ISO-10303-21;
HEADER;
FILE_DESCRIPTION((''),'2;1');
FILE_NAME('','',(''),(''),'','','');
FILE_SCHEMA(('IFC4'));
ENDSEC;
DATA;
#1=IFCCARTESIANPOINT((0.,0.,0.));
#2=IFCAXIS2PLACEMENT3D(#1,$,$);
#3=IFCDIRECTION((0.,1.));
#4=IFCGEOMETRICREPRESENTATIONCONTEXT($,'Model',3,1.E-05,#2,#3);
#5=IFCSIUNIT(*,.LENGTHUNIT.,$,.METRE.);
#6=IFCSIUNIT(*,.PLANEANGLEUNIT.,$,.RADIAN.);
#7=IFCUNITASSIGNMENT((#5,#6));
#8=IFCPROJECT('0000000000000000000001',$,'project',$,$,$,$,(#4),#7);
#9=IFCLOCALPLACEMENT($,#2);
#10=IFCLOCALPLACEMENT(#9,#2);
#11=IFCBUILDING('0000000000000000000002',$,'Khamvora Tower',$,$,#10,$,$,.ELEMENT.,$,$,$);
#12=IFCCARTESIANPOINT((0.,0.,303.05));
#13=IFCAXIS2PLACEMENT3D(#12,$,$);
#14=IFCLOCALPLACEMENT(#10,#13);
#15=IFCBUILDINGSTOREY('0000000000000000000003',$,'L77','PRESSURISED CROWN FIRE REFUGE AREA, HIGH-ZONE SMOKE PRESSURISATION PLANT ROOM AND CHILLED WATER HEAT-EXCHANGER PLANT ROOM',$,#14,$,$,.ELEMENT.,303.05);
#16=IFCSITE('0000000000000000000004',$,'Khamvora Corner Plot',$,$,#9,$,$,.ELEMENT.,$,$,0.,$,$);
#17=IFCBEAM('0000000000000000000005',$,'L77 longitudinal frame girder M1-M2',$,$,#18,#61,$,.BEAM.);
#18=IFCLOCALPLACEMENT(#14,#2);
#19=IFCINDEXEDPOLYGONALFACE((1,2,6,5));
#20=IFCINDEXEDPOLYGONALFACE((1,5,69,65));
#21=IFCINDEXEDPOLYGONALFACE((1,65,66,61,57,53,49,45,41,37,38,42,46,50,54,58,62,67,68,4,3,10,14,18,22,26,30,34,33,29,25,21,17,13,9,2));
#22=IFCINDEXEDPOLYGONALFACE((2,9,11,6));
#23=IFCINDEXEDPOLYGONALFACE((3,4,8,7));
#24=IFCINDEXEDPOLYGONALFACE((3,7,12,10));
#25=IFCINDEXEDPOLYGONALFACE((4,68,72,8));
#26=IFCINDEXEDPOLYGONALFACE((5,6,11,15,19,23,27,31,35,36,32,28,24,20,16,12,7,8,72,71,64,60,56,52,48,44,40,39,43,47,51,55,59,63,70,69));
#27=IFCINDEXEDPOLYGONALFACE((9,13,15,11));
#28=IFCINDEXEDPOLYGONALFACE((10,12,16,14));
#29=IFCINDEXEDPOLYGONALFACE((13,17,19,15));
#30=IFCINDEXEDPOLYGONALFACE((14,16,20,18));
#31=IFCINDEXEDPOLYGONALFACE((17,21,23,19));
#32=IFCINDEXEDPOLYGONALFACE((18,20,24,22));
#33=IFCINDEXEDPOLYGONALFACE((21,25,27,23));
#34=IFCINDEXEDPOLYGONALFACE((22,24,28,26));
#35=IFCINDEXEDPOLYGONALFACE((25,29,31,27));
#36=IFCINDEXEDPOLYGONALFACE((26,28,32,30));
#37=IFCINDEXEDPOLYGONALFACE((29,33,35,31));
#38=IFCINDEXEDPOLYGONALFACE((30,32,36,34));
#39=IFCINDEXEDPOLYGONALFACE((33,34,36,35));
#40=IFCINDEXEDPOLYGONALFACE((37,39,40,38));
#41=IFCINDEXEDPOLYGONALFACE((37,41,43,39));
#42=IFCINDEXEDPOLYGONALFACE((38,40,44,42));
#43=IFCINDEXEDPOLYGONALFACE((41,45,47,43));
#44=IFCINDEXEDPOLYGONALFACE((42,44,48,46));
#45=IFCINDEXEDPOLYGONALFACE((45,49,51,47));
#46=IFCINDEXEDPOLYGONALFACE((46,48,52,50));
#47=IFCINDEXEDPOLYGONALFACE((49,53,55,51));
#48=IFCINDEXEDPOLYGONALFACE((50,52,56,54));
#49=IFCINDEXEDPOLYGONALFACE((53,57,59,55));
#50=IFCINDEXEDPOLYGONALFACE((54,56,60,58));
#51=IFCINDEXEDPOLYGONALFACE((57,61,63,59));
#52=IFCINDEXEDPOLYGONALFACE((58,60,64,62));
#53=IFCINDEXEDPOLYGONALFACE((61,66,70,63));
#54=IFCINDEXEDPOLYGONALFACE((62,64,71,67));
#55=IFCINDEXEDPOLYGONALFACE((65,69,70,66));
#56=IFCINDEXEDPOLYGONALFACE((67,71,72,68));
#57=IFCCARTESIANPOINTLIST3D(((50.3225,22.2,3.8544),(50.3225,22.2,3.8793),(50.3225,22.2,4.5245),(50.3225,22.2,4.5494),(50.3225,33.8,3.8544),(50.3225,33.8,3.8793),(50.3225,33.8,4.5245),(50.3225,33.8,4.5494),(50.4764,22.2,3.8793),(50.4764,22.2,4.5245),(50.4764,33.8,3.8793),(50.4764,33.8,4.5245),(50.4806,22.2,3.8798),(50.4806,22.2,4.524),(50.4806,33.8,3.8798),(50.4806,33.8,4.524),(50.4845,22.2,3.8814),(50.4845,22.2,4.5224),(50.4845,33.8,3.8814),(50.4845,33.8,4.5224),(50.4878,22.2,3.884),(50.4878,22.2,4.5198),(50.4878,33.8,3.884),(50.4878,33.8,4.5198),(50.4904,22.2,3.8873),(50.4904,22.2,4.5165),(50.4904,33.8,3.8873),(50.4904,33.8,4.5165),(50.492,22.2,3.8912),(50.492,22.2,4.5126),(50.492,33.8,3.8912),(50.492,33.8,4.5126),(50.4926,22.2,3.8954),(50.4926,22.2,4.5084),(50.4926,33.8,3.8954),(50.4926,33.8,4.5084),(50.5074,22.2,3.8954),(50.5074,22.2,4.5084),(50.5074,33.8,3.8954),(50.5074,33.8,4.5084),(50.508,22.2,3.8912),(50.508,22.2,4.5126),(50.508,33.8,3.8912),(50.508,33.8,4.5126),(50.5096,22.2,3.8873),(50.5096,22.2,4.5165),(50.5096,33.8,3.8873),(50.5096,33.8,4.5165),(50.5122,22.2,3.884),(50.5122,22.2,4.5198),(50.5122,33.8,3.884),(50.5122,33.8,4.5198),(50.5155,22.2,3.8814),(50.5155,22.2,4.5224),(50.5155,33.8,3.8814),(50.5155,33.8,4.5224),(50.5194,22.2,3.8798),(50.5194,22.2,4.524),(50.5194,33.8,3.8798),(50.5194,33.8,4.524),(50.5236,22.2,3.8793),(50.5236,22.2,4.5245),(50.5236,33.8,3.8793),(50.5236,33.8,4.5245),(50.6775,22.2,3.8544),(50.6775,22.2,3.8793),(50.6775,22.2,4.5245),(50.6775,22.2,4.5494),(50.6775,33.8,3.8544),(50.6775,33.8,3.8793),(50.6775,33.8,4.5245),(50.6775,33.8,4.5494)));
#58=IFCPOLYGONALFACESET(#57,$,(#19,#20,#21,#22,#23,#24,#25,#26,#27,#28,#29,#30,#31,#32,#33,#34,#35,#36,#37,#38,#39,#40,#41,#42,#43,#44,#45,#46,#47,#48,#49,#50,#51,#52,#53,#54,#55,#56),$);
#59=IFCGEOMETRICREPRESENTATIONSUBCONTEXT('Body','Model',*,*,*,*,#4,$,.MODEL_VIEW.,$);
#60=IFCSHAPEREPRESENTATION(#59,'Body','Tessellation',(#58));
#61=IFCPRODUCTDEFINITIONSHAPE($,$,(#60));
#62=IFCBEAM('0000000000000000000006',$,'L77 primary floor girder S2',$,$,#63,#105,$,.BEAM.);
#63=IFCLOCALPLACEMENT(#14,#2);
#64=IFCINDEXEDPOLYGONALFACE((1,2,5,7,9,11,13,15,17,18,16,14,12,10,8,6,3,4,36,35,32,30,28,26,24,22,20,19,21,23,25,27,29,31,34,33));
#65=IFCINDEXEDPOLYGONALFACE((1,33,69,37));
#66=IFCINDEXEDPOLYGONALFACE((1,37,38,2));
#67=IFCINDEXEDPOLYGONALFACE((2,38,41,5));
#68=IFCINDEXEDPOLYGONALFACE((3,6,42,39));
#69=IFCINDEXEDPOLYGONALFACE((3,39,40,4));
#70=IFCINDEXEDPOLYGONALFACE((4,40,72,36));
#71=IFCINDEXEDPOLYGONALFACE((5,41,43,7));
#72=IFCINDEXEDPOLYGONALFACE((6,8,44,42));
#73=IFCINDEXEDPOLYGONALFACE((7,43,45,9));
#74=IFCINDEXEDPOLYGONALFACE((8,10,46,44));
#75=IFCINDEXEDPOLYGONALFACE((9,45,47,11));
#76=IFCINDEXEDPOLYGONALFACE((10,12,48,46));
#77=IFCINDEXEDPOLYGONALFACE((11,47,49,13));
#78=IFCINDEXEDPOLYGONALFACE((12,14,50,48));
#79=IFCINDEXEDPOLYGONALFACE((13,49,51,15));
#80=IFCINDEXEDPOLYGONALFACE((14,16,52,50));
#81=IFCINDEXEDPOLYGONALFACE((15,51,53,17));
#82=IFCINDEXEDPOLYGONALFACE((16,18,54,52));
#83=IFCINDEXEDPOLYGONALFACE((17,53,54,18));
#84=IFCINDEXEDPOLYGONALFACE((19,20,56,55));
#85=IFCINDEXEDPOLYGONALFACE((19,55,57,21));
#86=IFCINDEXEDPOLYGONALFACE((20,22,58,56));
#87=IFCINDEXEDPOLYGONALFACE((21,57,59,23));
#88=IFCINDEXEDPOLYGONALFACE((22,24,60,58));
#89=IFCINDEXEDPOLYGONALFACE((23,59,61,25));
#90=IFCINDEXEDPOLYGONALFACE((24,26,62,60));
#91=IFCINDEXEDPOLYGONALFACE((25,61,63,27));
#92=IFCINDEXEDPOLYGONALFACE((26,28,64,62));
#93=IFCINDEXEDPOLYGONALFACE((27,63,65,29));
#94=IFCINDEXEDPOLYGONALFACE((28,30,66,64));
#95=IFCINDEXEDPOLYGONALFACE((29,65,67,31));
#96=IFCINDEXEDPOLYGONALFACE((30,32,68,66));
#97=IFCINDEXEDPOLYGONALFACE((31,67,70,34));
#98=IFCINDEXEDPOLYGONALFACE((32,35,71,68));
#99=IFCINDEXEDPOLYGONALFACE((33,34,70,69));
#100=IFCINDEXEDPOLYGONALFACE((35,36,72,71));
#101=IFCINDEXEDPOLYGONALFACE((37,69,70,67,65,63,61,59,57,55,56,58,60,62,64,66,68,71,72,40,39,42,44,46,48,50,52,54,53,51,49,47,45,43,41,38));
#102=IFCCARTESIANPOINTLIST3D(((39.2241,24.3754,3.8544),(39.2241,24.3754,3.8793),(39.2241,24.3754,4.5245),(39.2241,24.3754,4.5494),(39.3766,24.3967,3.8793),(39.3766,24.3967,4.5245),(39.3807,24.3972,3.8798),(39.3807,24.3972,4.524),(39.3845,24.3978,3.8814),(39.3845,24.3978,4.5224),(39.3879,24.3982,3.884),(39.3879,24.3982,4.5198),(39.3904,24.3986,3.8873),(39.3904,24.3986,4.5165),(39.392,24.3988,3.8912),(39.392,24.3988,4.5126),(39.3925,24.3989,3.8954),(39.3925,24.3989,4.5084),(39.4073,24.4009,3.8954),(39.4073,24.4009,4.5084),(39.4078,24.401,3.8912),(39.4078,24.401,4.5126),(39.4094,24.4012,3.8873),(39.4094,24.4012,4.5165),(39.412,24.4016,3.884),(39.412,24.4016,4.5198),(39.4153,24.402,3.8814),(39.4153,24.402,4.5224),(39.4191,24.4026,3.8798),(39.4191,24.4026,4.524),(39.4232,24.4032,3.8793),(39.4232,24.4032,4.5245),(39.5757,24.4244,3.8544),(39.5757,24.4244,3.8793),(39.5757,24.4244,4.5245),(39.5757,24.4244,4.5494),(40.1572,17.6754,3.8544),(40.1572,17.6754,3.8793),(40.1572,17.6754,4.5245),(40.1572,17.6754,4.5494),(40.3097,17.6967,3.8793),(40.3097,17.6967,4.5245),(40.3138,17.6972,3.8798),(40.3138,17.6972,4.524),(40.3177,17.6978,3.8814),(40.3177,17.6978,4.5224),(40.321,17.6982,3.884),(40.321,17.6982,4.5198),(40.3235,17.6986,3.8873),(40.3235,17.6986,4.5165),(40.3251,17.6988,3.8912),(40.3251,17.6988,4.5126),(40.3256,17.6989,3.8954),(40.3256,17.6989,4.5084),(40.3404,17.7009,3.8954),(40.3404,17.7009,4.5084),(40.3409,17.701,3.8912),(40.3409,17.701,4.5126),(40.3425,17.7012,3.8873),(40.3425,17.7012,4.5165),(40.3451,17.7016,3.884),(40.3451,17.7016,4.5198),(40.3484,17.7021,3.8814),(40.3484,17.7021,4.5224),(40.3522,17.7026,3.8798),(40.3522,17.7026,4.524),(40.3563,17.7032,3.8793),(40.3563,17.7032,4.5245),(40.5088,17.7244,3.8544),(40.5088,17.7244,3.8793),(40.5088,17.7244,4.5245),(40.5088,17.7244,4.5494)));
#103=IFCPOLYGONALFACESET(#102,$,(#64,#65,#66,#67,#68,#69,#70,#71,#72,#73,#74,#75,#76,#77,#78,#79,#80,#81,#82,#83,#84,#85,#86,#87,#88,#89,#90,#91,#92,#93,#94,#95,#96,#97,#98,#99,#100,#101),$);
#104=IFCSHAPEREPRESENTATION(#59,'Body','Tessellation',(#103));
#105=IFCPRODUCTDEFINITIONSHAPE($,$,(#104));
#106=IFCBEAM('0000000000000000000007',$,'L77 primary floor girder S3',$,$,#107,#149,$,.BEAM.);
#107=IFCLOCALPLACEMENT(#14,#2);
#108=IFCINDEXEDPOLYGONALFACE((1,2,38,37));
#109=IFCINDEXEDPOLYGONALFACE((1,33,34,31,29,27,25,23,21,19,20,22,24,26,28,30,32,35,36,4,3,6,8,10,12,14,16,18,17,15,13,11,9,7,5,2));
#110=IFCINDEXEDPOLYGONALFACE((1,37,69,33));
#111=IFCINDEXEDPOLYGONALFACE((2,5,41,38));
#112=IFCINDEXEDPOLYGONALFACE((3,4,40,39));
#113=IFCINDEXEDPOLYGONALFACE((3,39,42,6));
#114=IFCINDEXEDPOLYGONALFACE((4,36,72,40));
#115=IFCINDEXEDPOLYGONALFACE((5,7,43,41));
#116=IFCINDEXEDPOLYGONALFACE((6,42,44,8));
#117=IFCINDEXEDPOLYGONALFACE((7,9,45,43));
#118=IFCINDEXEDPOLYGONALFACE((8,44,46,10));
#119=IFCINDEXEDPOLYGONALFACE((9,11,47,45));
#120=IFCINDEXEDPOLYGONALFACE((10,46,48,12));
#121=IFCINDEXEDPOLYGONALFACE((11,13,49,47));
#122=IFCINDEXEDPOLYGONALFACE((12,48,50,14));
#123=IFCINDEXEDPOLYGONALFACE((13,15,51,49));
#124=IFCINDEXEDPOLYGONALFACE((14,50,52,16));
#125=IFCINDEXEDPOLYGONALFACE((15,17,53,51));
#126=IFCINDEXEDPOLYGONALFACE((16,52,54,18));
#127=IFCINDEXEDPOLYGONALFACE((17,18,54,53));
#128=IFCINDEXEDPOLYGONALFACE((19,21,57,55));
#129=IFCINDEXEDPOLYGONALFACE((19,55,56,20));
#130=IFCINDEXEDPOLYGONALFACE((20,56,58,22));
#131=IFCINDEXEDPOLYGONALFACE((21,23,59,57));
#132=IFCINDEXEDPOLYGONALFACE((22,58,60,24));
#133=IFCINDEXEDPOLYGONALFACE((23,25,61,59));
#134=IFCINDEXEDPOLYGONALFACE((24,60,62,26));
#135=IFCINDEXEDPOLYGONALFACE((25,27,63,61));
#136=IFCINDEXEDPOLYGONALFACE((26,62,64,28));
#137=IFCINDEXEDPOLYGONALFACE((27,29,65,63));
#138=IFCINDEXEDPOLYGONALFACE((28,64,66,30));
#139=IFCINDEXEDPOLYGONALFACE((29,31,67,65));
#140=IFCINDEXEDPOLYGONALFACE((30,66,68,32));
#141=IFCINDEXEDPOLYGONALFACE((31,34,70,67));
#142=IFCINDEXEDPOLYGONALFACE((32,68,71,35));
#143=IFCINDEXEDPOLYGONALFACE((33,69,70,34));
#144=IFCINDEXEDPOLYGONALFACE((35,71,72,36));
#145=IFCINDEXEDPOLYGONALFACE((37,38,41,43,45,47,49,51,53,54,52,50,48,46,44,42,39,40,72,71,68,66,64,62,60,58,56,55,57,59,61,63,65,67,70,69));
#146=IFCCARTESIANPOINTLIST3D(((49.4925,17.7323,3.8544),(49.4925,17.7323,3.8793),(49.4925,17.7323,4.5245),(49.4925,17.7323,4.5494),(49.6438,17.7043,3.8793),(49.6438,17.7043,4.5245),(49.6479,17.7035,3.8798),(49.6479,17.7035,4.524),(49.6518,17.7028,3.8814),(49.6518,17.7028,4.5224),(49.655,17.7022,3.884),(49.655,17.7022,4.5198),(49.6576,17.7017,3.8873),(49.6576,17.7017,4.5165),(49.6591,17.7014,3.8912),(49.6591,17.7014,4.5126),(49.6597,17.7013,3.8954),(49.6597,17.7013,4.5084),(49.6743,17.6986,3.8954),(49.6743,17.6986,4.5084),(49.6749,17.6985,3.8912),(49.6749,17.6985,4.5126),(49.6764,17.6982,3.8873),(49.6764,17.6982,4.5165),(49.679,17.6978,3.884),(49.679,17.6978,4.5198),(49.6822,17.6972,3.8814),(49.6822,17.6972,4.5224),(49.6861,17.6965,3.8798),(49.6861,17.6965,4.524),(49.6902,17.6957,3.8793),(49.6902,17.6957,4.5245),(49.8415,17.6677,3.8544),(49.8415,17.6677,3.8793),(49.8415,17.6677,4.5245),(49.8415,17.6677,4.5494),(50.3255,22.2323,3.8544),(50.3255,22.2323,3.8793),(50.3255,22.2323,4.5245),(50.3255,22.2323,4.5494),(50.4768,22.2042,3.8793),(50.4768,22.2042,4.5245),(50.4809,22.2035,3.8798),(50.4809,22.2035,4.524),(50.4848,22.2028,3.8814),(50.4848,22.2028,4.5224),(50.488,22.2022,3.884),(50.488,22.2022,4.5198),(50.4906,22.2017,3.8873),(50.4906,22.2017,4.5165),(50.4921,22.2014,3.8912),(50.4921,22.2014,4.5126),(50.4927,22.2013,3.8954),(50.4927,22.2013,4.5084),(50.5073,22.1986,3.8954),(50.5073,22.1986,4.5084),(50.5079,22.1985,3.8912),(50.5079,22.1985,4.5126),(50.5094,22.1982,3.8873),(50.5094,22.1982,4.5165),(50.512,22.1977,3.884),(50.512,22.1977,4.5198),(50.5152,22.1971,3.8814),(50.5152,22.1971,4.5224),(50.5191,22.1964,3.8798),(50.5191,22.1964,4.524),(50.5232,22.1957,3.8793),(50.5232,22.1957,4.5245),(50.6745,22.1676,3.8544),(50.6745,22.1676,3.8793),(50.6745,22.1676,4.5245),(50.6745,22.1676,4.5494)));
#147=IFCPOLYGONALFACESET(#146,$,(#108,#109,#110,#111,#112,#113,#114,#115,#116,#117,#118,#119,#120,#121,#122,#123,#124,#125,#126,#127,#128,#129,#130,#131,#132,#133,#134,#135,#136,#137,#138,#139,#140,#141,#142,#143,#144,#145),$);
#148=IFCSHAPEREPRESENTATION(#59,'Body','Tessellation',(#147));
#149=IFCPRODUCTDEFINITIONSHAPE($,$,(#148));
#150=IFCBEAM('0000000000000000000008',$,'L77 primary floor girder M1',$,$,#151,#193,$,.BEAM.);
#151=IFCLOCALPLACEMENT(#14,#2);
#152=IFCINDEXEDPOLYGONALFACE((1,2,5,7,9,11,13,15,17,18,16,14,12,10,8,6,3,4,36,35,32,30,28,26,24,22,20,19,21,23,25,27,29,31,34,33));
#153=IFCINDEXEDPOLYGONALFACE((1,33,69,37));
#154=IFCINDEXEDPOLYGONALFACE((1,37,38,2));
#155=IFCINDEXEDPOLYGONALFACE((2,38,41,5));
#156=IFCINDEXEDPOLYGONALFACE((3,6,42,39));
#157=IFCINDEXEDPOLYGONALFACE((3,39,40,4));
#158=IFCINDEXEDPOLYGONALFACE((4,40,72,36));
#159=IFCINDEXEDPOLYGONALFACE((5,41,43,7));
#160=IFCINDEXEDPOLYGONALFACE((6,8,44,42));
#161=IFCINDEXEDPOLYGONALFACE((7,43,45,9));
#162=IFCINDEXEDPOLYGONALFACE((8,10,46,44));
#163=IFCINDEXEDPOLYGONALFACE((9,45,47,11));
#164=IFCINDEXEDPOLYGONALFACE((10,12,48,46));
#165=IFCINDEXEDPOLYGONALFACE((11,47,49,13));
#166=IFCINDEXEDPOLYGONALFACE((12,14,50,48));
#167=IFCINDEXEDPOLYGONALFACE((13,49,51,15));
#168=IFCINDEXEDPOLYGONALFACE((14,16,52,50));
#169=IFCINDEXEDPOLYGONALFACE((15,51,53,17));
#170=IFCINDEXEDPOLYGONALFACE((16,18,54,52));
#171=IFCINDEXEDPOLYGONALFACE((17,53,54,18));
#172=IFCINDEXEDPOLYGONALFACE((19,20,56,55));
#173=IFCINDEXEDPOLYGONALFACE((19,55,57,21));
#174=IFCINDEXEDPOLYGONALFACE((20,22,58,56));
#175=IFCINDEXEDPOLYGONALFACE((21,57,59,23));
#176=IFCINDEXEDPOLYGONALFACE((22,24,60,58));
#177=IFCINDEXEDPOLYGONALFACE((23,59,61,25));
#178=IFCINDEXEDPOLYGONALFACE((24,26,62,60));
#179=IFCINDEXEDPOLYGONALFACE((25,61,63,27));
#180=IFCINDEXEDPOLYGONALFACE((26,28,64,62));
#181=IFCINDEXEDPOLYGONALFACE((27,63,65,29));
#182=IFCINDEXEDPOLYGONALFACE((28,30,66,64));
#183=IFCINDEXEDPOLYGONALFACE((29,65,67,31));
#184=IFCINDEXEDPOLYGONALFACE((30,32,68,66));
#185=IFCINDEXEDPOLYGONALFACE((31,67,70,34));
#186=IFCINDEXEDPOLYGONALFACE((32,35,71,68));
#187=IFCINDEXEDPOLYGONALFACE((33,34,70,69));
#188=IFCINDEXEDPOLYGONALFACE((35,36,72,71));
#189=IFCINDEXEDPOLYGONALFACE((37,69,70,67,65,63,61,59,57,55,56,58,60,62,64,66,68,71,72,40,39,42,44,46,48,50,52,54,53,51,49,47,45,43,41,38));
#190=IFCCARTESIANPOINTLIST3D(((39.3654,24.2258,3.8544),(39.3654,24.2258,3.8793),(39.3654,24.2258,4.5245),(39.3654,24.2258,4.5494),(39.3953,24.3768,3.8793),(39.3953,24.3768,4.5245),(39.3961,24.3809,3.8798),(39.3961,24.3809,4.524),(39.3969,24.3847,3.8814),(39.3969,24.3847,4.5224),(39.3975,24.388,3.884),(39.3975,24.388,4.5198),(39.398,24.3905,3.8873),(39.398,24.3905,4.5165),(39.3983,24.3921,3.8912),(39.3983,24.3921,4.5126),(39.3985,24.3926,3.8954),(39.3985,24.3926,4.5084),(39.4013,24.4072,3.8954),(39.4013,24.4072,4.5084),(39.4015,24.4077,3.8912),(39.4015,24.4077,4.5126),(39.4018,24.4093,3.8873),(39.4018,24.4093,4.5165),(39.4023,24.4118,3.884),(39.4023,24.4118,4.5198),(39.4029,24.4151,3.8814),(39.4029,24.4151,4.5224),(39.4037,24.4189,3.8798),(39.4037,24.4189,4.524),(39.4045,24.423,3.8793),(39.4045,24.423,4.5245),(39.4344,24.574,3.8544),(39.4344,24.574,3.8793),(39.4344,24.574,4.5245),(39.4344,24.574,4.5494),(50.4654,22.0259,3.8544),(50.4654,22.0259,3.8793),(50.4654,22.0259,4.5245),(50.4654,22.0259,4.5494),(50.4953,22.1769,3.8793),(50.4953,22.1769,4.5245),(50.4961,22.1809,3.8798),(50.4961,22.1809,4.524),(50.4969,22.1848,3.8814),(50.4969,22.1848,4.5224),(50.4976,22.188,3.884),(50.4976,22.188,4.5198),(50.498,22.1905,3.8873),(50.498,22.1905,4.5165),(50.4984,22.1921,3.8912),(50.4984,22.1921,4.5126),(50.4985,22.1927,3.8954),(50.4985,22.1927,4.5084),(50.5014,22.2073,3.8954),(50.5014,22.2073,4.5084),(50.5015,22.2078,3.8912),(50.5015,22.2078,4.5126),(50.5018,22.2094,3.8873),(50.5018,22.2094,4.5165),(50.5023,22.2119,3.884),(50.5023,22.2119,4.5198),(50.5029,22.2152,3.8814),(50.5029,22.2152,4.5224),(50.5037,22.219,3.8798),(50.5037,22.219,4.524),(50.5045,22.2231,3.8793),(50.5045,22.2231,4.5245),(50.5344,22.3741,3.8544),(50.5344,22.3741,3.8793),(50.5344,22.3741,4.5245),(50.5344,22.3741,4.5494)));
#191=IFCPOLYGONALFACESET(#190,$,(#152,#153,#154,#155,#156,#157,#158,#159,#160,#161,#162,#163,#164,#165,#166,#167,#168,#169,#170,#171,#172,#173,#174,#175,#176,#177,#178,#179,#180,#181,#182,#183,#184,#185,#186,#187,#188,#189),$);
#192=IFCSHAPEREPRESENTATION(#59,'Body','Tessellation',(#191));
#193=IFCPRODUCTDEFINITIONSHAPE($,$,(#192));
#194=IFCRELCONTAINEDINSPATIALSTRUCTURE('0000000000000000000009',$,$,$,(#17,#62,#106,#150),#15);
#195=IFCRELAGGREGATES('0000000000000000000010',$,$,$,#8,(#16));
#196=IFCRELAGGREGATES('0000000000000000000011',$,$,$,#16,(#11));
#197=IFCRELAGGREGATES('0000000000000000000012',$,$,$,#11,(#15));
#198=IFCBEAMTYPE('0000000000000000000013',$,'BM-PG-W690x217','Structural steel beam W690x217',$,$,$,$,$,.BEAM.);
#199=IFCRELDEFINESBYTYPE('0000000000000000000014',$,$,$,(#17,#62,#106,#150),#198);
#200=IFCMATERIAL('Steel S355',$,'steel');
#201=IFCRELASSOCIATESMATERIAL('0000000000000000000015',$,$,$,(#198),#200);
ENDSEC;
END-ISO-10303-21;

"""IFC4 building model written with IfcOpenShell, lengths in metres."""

from ifc_helpers import new_model, si_unit, direction, frame, origin, origin_2d, place, context, subcontext, project, spatial, i_section, extrude, material, material_profile, profile_set, type_object, element, save


model = new_model("IFC4")

# Units and contexts
model_context = context("Model", 3, precision=1e-05, world=origin(), true_north=direction((0.0, 1.0)))
body_context = subcontext(model_context, "Body", "Model", "MODEL_VIEW")
ifc_project = project(units=[si_unit("LENGTHUNIT", "METRE"), si_unit("PLANEANGLEUNIT", "RADIAN")], contexts=[model_context])

# Site, building, storey
site_placement = place(None, origin())
site = spatial("IfcSite", under=ifc_project, at=site_placement, Name="Khamvora Corner Plot", CompositionType="ELEMENT", RefElevation=0.0)
building_placement = place(site_placement, origin())
building = spatial("IfcBuilding", under=site, at=building_placement, Name="Khamvora Tower", CompositionType="ELEMENT")
storey_placement = place(building_placement, frame((0.0, 0.0, 303.05)))
storey = spatial("IfcBuildingStorey", under=building, at=storey_placement, Name="L77", Description="PRESSURISED CROWN FIRE REFUGE AREA, HIGH-ZONE SMOKE PRESSURISATION PLANT ROOM AND CHILLED WATER HEAT-EXCHANGER PLANT ROOM", CompositionType="ELEMENT", Elevation=303.05)

# Shared definitions
ifc_material_1 = material(Name="Steel S355", Category="steel")

# Beams
ifc_material_profile_1 = material_profile(ifc_material_1, i_section(OverallWidth=0.355, OverallDepth=0.6951, WebThickness=0.0149, FlangeThickness=0.0249, FilletRadius=0.0161, at=origin_2d()), Name="W690x217")
ifc_profile_set_1 = profile_set([ifc_material_profile_1], Name="Steel S355")
beam_type_1 = type_object("IfcBeamType", Name="BM-PG-W690x217", Description="Structural steel beam W690x217", PredefinedType="BEAM", material=ifc_profile_set_1)
beam_1_placement = place(storey_placement, frame((50.5, 22.2, 4.2019), z_axis=(0.0, 1.0, 0.0), x_axis=(-1.0, 0.0, 0.0)))
element("IfcBeam", 1, at=beam_1_placement, inside=storey, type_object=beam_type_1, Name="L77 longitudinal frame girder M1-M2", PredefinedType="BEAM", context=body_context, shape_type="SweptSolid", body=[
    extrude(i_section(OverallWidth=0.355, OverallDepth=0.6951, WebThickness=0.0149, FlangeThickness=0.0249, FilletRadius=0.0161, at=origin_2d()), origin(), (0.0, 0.0, 1.0), 11.6001),
])
beam_2_placement = place(storey_placement, frame((39.3999, 24.3999, 4.2019), z_axis=(0.137939, -0.990441, 0.0), x_axis=(0.990441, 0.137939, 0.0)))
element("IfcBeam", 2, at=beam_2_placement, inside=storey, type_object=beam_type_1, Name="L77 primary floor girder S2", PredefinedType="BEAM", context=body_context, shape_type="SweptSolid", body=[
    extrude(i_section(OverallWidth=0.355, OverallDepth=0.6951, WebThickness=0.0149, FlangeThickness=0.0249, FilletRadius=0.0161, at=origin_2d()), origin(), (0.0, 0.0, 1.0), 6.7646),
])
beam_3_placement = place(storey_placement, frame((50.5, 22.2, 4.2019), z_axis=(-0.18202, -0.983295, 0.0), x_axis=(0.983295, -0.18202, 0.0)))
element("IfcBeam", 3, at=beam_3_placement, inside=storey, type_object=beam_type_1, Name="L77 primary floor girder S3", PredefinedType="BEAM", context=body_context, shape_type="SweptSolid", body=[
    extrude(i_section(OverallWidth=0.355, OverallDepth=0.6951, WebThickness=0.0149, FlangeThickness=0.0249, FilletRadius=0.0161, at=origin_2d()), origin(), (0.0, 0.0, 1.0), 4.5764),
])
beam_4_placement = place(storey_placement, frame((39.3999, 24.3999, 4.2019), z_axis=(0.98092, -0.194411, 0.0), x_axis=(0.194411, 0.98092, 0.0)))
element("IfcBeam", 4, at=beam_4_placement, inside=storey, type_object=beam_type_1, Name="L77 primary floor girder M1", PredefinedType="BEAM", context=body_context, shape_type="SweptSolid", body=[
    extrude(i_section(OverallWidth=0.355, OverallDepth=0.6951, WebThickness=0.0149, FlangeThickness=0.0249, FilletRadius=0.0161, at=origin_2d()), origin(), (0.0, 0.0, 1.0), 11.3159),
])

save(model, "model.ifc")
